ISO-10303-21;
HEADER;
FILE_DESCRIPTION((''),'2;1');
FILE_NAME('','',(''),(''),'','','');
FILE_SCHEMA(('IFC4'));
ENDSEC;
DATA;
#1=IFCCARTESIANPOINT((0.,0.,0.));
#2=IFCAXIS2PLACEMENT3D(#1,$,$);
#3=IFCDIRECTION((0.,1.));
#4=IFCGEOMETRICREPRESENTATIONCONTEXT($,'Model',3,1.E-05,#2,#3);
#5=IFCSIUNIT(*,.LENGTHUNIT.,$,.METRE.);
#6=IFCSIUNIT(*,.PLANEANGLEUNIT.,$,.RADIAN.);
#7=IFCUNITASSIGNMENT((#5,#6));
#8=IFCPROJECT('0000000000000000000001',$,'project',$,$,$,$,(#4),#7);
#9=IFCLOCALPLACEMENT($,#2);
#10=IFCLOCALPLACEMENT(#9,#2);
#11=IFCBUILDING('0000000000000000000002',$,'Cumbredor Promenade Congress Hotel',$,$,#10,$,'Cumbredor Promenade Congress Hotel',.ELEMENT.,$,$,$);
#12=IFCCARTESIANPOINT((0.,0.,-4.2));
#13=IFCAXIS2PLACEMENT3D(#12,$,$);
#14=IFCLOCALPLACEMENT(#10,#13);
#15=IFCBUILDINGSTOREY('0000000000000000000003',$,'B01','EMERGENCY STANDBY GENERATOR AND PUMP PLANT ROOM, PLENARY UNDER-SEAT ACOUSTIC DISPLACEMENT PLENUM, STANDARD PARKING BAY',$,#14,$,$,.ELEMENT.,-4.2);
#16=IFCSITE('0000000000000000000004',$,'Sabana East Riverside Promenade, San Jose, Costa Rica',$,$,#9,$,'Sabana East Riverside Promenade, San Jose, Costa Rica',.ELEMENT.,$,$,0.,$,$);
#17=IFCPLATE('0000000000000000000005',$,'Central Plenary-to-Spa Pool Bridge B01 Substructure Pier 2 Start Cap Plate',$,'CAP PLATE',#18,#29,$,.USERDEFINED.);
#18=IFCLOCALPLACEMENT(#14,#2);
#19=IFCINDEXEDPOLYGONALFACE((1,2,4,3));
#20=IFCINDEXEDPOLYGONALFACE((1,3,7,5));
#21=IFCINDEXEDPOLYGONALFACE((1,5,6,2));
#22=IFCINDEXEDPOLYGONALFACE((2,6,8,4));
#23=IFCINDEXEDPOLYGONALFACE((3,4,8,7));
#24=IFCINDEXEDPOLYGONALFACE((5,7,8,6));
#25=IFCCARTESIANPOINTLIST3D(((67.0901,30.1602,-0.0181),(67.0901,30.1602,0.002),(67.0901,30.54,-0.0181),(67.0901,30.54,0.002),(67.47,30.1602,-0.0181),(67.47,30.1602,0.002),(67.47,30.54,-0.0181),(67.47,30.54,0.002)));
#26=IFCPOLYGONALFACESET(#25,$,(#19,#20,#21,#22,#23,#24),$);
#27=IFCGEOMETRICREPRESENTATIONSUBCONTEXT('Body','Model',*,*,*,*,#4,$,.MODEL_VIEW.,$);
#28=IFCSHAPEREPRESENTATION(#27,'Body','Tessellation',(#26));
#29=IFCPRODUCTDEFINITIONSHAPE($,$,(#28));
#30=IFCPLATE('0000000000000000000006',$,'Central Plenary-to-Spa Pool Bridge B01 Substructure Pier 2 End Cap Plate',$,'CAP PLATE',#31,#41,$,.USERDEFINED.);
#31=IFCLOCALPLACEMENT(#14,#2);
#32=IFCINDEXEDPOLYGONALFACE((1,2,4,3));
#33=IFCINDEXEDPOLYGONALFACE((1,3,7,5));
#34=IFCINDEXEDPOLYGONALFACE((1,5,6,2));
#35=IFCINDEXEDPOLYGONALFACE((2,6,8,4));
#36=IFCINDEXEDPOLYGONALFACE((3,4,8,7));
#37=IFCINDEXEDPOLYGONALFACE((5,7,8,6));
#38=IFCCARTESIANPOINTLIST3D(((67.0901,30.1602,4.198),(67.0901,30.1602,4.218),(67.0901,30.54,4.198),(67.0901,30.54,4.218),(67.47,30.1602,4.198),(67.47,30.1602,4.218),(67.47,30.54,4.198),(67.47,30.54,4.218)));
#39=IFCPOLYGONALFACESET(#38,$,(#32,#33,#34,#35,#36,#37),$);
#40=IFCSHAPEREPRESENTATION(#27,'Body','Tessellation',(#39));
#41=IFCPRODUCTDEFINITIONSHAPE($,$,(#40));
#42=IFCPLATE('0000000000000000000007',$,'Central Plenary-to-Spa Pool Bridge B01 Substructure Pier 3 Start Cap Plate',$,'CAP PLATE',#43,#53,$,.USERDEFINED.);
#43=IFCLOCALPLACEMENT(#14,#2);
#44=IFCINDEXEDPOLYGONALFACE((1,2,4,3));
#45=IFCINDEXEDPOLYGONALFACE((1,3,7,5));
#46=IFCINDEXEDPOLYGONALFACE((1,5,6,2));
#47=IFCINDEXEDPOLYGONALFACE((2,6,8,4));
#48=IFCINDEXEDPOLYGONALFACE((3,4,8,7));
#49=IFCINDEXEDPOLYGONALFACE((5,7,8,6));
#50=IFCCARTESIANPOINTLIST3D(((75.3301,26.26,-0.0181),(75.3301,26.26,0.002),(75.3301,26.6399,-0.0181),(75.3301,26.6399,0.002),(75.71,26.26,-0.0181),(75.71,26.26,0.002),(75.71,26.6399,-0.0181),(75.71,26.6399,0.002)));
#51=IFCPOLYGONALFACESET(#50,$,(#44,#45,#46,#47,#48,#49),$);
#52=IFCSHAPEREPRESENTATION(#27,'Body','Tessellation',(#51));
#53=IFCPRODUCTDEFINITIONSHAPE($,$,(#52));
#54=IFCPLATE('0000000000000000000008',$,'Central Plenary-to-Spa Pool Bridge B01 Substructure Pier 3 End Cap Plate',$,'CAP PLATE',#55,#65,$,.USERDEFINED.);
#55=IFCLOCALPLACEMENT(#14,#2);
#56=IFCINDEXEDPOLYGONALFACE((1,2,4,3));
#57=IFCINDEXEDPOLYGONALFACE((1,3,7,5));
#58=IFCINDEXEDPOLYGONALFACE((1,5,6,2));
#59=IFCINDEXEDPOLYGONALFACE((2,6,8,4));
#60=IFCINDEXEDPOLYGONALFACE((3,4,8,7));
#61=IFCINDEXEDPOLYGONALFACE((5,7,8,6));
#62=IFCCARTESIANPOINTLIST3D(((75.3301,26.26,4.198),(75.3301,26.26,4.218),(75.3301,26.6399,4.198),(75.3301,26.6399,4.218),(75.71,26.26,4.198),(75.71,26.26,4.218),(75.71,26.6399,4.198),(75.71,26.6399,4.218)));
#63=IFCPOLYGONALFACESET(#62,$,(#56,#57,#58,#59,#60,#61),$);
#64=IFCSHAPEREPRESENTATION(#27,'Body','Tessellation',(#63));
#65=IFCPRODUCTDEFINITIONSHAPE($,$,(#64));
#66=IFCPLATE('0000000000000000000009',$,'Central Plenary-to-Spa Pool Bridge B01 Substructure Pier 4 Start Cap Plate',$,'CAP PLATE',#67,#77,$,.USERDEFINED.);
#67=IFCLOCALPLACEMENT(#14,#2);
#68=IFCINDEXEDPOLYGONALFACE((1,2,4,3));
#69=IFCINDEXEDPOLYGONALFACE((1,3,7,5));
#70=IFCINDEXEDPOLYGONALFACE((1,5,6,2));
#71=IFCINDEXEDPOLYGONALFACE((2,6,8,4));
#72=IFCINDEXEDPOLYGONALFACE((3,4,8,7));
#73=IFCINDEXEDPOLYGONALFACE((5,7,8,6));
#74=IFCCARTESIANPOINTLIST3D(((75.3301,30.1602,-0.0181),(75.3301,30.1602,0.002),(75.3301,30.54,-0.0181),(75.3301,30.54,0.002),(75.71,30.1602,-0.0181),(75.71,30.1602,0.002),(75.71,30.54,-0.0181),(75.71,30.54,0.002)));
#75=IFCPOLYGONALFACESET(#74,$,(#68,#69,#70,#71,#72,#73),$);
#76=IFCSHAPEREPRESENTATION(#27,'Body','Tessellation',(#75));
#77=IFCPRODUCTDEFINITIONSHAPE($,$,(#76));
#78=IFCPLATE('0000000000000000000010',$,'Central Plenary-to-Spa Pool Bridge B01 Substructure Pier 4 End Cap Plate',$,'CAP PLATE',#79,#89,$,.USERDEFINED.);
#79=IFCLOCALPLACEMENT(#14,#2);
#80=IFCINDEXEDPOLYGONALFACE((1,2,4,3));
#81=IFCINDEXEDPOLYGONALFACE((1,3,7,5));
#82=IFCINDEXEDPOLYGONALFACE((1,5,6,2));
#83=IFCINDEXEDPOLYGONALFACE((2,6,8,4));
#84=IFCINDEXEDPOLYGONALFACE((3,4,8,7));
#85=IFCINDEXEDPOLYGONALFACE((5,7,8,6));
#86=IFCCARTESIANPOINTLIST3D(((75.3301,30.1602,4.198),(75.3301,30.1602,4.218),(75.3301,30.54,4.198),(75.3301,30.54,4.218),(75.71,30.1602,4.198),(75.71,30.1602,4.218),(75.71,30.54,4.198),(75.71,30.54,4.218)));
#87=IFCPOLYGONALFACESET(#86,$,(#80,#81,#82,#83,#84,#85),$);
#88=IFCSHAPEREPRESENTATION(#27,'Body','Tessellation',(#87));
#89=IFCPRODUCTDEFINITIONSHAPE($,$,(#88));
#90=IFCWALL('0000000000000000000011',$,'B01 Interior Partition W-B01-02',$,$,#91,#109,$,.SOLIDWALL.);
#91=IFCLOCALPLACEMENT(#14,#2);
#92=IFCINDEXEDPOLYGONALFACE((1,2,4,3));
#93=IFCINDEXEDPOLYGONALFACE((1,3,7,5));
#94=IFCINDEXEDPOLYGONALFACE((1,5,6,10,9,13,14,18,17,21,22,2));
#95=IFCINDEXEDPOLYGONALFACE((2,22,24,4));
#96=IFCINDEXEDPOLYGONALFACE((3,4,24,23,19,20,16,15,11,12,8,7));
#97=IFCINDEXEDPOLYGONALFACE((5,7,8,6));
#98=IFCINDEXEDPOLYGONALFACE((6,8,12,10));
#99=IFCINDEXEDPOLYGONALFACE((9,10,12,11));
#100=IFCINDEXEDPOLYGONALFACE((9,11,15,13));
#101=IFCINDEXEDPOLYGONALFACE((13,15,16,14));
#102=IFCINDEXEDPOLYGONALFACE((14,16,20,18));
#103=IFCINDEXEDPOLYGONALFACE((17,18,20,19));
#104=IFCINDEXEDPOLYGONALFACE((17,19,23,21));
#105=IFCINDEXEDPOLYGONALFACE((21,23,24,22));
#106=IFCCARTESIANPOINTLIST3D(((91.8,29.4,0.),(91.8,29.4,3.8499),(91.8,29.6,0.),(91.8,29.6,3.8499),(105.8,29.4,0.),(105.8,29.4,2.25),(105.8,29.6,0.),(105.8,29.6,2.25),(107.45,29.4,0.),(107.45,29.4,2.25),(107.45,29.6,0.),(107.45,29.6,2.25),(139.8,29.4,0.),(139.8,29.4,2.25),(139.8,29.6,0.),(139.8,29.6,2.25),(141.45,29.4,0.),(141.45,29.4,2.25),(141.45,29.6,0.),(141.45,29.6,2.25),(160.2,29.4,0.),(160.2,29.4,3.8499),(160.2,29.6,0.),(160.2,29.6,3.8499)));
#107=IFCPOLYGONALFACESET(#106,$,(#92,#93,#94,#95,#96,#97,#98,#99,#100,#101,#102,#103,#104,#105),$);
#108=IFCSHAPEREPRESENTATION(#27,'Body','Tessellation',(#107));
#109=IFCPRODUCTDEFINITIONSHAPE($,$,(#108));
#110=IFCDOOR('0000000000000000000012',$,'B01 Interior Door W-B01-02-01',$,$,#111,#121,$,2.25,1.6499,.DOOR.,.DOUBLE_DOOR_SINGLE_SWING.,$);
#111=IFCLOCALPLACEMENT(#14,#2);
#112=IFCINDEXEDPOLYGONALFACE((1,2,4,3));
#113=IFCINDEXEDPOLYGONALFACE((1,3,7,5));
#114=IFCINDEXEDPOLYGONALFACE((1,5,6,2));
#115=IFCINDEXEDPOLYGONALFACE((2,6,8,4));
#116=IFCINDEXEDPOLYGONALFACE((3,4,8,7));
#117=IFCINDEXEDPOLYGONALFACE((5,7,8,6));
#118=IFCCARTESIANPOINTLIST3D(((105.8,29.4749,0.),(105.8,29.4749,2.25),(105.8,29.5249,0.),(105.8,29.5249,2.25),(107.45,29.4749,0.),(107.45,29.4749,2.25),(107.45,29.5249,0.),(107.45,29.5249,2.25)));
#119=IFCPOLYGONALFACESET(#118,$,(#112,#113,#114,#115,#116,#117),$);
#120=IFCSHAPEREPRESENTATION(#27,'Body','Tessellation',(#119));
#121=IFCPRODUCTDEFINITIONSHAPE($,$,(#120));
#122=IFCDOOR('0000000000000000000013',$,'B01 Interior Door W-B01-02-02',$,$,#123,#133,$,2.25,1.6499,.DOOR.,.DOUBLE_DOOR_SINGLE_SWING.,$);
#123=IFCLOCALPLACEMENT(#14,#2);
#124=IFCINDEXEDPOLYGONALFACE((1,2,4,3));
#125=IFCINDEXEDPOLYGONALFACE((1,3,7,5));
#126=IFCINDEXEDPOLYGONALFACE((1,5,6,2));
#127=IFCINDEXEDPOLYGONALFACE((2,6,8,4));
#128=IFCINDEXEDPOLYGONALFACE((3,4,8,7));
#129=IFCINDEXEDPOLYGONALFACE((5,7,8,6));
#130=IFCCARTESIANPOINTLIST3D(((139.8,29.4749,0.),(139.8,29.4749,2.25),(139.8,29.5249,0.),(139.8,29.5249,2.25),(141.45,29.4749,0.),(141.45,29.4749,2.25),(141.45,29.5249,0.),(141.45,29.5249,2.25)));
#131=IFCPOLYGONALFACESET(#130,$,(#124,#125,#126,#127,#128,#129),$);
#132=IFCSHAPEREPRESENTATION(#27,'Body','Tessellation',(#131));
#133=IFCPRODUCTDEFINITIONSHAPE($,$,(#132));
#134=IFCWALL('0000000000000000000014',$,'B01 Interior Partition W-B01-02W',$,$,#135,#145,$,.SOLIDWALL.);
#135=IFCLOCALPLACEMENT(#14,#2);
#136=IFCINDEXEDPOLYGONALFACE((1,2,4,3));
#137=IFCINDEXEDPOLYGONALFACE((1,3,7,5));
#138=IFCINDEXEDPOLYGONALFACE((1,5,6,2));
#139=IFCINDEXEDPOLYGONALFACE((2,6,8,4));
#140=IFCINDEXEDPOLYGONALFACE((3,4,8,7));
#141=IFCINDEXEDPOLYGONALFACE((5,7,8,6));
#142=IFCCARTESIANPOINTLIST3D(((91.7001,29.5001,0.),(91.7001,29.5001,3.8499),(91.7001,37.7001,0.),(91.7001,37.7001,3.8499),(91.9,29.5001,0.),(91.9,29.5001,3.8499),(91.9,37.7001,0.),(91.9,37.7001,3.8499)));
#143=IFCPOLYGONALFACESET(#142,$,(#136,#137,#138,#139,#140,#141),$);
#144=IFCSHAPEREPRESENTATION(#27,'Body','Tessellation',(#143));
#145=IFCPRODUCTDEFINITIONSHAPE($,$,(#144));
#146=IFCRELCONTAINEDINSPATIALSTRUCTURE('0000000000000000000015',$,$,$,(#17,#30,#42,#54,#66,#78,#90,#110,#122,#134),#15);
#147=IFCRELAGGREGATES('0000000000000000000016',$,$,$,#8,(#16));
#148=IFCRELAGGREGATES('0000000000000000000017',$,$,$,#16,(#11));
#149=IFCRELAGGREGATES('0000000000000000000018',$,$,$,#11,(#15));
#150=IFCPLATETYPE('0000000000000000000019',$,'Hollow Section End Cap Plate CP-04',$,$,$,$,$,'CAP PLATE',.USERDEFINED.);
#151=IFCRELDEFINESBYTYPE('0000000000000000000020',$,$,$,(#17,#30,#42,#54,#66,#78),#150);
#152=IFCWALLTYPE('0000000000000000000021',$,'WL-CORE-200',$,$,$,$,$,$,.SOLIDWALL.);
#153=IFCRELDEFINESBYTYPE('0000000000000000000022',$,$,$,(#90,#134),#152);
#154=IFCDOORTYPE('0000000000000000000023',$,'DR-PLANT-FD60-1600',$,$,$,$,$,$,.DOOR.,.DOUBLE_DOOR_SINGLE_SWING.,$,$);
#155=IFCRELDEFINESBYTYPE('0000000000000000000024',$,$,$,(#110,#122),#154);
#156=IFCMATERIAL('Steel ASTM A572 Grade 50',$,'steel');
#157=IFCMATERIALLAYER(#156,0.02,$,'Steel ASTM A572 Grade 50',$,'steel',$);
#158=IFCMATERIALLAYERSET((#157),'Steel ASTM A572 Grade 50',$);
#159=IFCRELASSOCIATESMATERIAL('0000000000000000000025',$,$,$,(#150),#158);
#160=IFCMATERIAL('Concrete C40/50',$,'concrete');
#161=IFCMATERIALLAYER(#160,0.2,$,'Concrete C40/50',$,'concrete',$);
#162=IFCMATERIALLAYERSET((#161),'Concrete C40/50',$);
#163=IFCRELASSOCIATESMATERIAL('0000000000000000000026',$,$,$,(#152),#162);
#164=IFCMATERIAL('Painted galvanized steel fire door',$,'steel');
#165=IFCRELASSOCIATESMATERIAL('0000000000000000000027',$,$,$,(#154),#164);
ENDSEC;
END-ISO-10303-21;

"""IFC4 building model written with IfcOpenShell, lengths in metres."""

from ifc_helpers import new_model, si_unit, direction, frame, frame_2d, origin, origin_2d, place, context, subcontext, project, spatial, rectangle, extrude, material, layer, layer_set, type_object, element, fill, save


model = new_model("IFC4")

# Units and contexts
model_context = context("Model", 3, precision=1e-05, world=origin(), true_north=direction((0.0, 1.0)))
body_context = subcontext(model_context, "Body", "Model", "MODEL_VIEW")
ifc_project = project(units=[si_unit("LENGTHUNIT", "METRE"), si_unit("PLANEANGLEUNIT", "RADIAN")], contexts=[model_context])

# Site, building, storey
site_placement = place(None, origin())
site = spatial("IfcSite", under=ifc_project, at=site_placement, Name="Sabana East Riverside Promenade, San Jose, Costa Rica", LongName="Sabana East Riverside Promenade, San Jose, Costa Rica", CompositionType="ELEMENT", RefElevation=0.0)
building_placement = place(site_placement, origin())
building = spatial("IfcBuilding", under=site, at=building_placement, Name="Cumbredor Promenade Congress Hotel", LongName="Cumbredor Promenade Congress Hotel", CompositionType="ELEMENT")
storey_placement = place(building_placement, frame((0.0, 0.0, -4.2)))
storey = spatial("IfcBuildingStorey", under=building, at=storey_placement, Name="B01", Description="EMERGENCY STANDBY GENERATOR AND PUMP PLANT ROOM, PLENARY UNDER-SEAT ACOUSTIC DISPLACEMENT PLENUM, STANDARD PARKING BAY", CompositionType="ELEMENT", Elevation=-4.2)

# Shared definitions
ifc_material_1 = material(Name="Concrete C40/50", Category="concrete")

# Plates
ifc_material_2 = material(Name="Steel ASTM A572 Grade 50", Category="steel")
ifc_layer_1 = layer(ifc_material_2, 0.02, Name="Steel ASTM A572 Grade 50", Category="steel")
ifc_layer_set_1 = layer_set([ifc_layer_1], Name="Steel ASTM A572 Grade 50")
plate_type = type_object("IfcPlateType", Name="Hollow Section End Cap Plate CP-04", ElementType="CAP PLATE", PredefinedType="USERDEFINED", material=ifc_layer_set_1)
for number, where, z_axis, x_axis, name in (
    (1, (67.28, 30.3501, -0.0181), (0.0, 0.0, 1.0), (1.0, 0.0, 0.0), "Central Plenary-to-Spa Pool Bridge B01 Substructure Pier 2 Start Cap Plate"),
    (2, (67.28, 30.3501, 4.198), (0.0, 0.0, 1.0), (1.0, 0.0, 0.0), "Central Plenary-to-Spa Pool Bridge B01 Substructure Pier 2 End Cap Plate"),
    (3, (75.52, 26.45, -0.0181), (0.0, 0.0, 1.0), (1.0, 0.0, 0.0), "Central Plenary-to-Spa Pool Bridge B01 Substructure Pier 3 Start Cap Plate"),
    (4, (75.52, 26.45, 4.198), (0.0, 0.0, 1.0), (1.0, 0.0, 0.0), "Central Plenary-to-Spa Pool Bridge B01 Substructure Pier 3 End Cap Plate"),
    (5, (75.52, 30.3501, -0.0181), (0.0, 0.0, 1.0), (1.0, 0.0, 0.0), "Central Plenary-to-Spa Pool Bridge B01 Substructure Pier 4 Start Cap Plate"),
    (6, (75.52, 30.3501, 4.198), (0.0, 0.0, 1.0), (1.0, 0.0, 0.0), "Central Plenary-to-Spa Pool Bridge B01 Substructure Pier 4 End Cap Plate"),
):
    element("IfcPlate", number, at=place(storey_placement, frame(where, z_axis=z_axis, x_axis=x_axis)), inside=storey, type_object=plate_type, Name=name, ObjectType="CAP PLATE", PredefinedType="USERDEFINED", context=body_context, shape_type="SweptSolid", body=[
        extrude(rectangle(XDim=0.3799, YDim=0.3799, at=origin_2d()), origin(), (0.0, 0.0, 1.0), 0.02),
    ])

# Wall, openings, doors
ifc_layer_2 = layer(ifc_material_1, 0.2, Name="Concrete C40/50", Category="concrete")
ifc_layer_set_2 = layer_set([ifc_layer_2], Name="Concrete C40/50")
wall_type = type_object("IfcWallType", Name="WL-CORE-200", PredefinedType="SOLIDWALL", material=ifc_layer_set_2)
wall_1_placement = place(storey_placement, frame((91.8, 29.5, 0.0), z_axis=(0.0, 0.0, 1.0), x_axis=(1.0, 0.0, 0.0)))
wall_1 = element("IfcWall", 7, at=wall_1_placement, inside=storey, type_object=wall_type, Name="B01 Interior Partition W-B01-02", PredefinedType="SOLIDWALL", context=body_context, shape_type="SweptSolid", body=[
    extrude(rectangle(XDim=68.3999, YDim=0.2, at=frame_2d((34.2, 0.0))), origin(), (0.0, 0.0, 1.0), 3.8499),
])
opening_1_placement = place(wall_1_placement, frame((14.0, 0.0, 0.0)))
opening_1 = element("IfcOpeningElement", 8, at=opening_1_placement, cuts=wall_1, PredefinedType="OPENING", context=body_context, shape_type="SweptSolid", body=[
    extrude(rectangle(XDim=1.6499, YDim=2.25, at=frame_2d((0.825, 1.125))), frame((0.0, 0.1099, 0.0), z_axis=(0.0, -1.0, 0.0), x_axis=(1.0, 0.0, 0.0)), (0.0, 0.0, 1.0), 0.22),
])
opening_2_placement = place(wall_1_placement, frame((48.0, 0.0, 0.0)))
opening_2 = element("IfcOpeningElement", 9, at=opening_2_placement, cuts=wall_1, PredefinedType="OPENING", context=body_context, shape_type="SweptSolid", body=[
    extrude(rectangle(XDim=1.6499, YDim=2.25, at=frame_2d((0.825, 1.125))), frame((0.0, 0.1099, 0.0), z_axis=(0.0, -1.0, 0.0), x_axis=(1.0, 0.0, 0.0)), (0.0, 0.0, 1.0), 0.22),
])
ifc_material_3 = material(Name="Painted galvanized steel fire door", Category="steel")
door_type = type_object("IfcDoorType", Name="DR-PLANT-FD60-1600", OperationType="DOUBLE_DOOR_SINGLE_SWING", PredefinedType="DOOR", material=ifc_material_3)
door_1_placement = place(opening_1_placement, origin())
door_1 = element("IfcDoor", 10, at=door_1_placement, inside=storey, type_object=door_type, Name="B01 Interior Door W-B01-02-01", OperationType="DOUBLE_DOOR_SINGLE_SWING", OverallHeight=2.25, OverallWidth=1.6499, PredefinedType="DOOR", context=body_context, shape_type="SweptSolid", body=[
    extrude(rectangle(XDim=1.6499, YDim=2.25, at=frame_2d((0.825, 1.125))), frame((0.0, 0.0249, 0.0), z_axis=(0.0, -1.0, 0.0), x_axis=(1.0, 0.0, 0.0)), (0.0, 0.0, 1.0), 0.05),
])
fill(opening_1, door_1)
door_2_placement = place(opening_2_placement, origin())
door_2 = element("IfcDoor", 11, at=door_2_placement, inside=storey, type_object=door_type, Name="B01 Interior Door W-B01-02-02", OperationType="DOUBLE_DOOR_SINGLE_SWING", OverallHeight=2.25, OverallWidth=1.6499, PredefinedType="DOOR", context=body_context, shape_type="SweptSolid", body=[
    extrude(rectangle(XDim=1.6499, YDim=2.25, at=frame_2d((0.825, 1.125))), frame((0.0, 0.0249, 0.0), z_axis=(0.0, -1.0, 0.0), x_axis=(1.0, 0.0, 0.0)), (0.0, 0.0, 1.0), 0.05),
])
fill(opening_2, door_2)

# Wall
wall_2_placement = place(storey_placement, frame((91.8, 29.5, 0.0), z_axis=(0.0, 0.0, 1.0), x_axis=(0.0, 1.0, 0.0)))
element("IfcWall", 12, at=wall_2_placement, inside=storey, type_object=wall_type, Name="B01 Interior Partition W-B01-02W", PredefinedType="SOLIDWALL", context=body_context, shape_type="SweptSolid", body=[
    extrude(rectangle(XDim=8.2, YDim=0.2, at=frame_2d((4.1001, 0.0))), origin(), (0.0, 0.0, 1.0), 3.8499),
])

save(model, "model.ifc")
